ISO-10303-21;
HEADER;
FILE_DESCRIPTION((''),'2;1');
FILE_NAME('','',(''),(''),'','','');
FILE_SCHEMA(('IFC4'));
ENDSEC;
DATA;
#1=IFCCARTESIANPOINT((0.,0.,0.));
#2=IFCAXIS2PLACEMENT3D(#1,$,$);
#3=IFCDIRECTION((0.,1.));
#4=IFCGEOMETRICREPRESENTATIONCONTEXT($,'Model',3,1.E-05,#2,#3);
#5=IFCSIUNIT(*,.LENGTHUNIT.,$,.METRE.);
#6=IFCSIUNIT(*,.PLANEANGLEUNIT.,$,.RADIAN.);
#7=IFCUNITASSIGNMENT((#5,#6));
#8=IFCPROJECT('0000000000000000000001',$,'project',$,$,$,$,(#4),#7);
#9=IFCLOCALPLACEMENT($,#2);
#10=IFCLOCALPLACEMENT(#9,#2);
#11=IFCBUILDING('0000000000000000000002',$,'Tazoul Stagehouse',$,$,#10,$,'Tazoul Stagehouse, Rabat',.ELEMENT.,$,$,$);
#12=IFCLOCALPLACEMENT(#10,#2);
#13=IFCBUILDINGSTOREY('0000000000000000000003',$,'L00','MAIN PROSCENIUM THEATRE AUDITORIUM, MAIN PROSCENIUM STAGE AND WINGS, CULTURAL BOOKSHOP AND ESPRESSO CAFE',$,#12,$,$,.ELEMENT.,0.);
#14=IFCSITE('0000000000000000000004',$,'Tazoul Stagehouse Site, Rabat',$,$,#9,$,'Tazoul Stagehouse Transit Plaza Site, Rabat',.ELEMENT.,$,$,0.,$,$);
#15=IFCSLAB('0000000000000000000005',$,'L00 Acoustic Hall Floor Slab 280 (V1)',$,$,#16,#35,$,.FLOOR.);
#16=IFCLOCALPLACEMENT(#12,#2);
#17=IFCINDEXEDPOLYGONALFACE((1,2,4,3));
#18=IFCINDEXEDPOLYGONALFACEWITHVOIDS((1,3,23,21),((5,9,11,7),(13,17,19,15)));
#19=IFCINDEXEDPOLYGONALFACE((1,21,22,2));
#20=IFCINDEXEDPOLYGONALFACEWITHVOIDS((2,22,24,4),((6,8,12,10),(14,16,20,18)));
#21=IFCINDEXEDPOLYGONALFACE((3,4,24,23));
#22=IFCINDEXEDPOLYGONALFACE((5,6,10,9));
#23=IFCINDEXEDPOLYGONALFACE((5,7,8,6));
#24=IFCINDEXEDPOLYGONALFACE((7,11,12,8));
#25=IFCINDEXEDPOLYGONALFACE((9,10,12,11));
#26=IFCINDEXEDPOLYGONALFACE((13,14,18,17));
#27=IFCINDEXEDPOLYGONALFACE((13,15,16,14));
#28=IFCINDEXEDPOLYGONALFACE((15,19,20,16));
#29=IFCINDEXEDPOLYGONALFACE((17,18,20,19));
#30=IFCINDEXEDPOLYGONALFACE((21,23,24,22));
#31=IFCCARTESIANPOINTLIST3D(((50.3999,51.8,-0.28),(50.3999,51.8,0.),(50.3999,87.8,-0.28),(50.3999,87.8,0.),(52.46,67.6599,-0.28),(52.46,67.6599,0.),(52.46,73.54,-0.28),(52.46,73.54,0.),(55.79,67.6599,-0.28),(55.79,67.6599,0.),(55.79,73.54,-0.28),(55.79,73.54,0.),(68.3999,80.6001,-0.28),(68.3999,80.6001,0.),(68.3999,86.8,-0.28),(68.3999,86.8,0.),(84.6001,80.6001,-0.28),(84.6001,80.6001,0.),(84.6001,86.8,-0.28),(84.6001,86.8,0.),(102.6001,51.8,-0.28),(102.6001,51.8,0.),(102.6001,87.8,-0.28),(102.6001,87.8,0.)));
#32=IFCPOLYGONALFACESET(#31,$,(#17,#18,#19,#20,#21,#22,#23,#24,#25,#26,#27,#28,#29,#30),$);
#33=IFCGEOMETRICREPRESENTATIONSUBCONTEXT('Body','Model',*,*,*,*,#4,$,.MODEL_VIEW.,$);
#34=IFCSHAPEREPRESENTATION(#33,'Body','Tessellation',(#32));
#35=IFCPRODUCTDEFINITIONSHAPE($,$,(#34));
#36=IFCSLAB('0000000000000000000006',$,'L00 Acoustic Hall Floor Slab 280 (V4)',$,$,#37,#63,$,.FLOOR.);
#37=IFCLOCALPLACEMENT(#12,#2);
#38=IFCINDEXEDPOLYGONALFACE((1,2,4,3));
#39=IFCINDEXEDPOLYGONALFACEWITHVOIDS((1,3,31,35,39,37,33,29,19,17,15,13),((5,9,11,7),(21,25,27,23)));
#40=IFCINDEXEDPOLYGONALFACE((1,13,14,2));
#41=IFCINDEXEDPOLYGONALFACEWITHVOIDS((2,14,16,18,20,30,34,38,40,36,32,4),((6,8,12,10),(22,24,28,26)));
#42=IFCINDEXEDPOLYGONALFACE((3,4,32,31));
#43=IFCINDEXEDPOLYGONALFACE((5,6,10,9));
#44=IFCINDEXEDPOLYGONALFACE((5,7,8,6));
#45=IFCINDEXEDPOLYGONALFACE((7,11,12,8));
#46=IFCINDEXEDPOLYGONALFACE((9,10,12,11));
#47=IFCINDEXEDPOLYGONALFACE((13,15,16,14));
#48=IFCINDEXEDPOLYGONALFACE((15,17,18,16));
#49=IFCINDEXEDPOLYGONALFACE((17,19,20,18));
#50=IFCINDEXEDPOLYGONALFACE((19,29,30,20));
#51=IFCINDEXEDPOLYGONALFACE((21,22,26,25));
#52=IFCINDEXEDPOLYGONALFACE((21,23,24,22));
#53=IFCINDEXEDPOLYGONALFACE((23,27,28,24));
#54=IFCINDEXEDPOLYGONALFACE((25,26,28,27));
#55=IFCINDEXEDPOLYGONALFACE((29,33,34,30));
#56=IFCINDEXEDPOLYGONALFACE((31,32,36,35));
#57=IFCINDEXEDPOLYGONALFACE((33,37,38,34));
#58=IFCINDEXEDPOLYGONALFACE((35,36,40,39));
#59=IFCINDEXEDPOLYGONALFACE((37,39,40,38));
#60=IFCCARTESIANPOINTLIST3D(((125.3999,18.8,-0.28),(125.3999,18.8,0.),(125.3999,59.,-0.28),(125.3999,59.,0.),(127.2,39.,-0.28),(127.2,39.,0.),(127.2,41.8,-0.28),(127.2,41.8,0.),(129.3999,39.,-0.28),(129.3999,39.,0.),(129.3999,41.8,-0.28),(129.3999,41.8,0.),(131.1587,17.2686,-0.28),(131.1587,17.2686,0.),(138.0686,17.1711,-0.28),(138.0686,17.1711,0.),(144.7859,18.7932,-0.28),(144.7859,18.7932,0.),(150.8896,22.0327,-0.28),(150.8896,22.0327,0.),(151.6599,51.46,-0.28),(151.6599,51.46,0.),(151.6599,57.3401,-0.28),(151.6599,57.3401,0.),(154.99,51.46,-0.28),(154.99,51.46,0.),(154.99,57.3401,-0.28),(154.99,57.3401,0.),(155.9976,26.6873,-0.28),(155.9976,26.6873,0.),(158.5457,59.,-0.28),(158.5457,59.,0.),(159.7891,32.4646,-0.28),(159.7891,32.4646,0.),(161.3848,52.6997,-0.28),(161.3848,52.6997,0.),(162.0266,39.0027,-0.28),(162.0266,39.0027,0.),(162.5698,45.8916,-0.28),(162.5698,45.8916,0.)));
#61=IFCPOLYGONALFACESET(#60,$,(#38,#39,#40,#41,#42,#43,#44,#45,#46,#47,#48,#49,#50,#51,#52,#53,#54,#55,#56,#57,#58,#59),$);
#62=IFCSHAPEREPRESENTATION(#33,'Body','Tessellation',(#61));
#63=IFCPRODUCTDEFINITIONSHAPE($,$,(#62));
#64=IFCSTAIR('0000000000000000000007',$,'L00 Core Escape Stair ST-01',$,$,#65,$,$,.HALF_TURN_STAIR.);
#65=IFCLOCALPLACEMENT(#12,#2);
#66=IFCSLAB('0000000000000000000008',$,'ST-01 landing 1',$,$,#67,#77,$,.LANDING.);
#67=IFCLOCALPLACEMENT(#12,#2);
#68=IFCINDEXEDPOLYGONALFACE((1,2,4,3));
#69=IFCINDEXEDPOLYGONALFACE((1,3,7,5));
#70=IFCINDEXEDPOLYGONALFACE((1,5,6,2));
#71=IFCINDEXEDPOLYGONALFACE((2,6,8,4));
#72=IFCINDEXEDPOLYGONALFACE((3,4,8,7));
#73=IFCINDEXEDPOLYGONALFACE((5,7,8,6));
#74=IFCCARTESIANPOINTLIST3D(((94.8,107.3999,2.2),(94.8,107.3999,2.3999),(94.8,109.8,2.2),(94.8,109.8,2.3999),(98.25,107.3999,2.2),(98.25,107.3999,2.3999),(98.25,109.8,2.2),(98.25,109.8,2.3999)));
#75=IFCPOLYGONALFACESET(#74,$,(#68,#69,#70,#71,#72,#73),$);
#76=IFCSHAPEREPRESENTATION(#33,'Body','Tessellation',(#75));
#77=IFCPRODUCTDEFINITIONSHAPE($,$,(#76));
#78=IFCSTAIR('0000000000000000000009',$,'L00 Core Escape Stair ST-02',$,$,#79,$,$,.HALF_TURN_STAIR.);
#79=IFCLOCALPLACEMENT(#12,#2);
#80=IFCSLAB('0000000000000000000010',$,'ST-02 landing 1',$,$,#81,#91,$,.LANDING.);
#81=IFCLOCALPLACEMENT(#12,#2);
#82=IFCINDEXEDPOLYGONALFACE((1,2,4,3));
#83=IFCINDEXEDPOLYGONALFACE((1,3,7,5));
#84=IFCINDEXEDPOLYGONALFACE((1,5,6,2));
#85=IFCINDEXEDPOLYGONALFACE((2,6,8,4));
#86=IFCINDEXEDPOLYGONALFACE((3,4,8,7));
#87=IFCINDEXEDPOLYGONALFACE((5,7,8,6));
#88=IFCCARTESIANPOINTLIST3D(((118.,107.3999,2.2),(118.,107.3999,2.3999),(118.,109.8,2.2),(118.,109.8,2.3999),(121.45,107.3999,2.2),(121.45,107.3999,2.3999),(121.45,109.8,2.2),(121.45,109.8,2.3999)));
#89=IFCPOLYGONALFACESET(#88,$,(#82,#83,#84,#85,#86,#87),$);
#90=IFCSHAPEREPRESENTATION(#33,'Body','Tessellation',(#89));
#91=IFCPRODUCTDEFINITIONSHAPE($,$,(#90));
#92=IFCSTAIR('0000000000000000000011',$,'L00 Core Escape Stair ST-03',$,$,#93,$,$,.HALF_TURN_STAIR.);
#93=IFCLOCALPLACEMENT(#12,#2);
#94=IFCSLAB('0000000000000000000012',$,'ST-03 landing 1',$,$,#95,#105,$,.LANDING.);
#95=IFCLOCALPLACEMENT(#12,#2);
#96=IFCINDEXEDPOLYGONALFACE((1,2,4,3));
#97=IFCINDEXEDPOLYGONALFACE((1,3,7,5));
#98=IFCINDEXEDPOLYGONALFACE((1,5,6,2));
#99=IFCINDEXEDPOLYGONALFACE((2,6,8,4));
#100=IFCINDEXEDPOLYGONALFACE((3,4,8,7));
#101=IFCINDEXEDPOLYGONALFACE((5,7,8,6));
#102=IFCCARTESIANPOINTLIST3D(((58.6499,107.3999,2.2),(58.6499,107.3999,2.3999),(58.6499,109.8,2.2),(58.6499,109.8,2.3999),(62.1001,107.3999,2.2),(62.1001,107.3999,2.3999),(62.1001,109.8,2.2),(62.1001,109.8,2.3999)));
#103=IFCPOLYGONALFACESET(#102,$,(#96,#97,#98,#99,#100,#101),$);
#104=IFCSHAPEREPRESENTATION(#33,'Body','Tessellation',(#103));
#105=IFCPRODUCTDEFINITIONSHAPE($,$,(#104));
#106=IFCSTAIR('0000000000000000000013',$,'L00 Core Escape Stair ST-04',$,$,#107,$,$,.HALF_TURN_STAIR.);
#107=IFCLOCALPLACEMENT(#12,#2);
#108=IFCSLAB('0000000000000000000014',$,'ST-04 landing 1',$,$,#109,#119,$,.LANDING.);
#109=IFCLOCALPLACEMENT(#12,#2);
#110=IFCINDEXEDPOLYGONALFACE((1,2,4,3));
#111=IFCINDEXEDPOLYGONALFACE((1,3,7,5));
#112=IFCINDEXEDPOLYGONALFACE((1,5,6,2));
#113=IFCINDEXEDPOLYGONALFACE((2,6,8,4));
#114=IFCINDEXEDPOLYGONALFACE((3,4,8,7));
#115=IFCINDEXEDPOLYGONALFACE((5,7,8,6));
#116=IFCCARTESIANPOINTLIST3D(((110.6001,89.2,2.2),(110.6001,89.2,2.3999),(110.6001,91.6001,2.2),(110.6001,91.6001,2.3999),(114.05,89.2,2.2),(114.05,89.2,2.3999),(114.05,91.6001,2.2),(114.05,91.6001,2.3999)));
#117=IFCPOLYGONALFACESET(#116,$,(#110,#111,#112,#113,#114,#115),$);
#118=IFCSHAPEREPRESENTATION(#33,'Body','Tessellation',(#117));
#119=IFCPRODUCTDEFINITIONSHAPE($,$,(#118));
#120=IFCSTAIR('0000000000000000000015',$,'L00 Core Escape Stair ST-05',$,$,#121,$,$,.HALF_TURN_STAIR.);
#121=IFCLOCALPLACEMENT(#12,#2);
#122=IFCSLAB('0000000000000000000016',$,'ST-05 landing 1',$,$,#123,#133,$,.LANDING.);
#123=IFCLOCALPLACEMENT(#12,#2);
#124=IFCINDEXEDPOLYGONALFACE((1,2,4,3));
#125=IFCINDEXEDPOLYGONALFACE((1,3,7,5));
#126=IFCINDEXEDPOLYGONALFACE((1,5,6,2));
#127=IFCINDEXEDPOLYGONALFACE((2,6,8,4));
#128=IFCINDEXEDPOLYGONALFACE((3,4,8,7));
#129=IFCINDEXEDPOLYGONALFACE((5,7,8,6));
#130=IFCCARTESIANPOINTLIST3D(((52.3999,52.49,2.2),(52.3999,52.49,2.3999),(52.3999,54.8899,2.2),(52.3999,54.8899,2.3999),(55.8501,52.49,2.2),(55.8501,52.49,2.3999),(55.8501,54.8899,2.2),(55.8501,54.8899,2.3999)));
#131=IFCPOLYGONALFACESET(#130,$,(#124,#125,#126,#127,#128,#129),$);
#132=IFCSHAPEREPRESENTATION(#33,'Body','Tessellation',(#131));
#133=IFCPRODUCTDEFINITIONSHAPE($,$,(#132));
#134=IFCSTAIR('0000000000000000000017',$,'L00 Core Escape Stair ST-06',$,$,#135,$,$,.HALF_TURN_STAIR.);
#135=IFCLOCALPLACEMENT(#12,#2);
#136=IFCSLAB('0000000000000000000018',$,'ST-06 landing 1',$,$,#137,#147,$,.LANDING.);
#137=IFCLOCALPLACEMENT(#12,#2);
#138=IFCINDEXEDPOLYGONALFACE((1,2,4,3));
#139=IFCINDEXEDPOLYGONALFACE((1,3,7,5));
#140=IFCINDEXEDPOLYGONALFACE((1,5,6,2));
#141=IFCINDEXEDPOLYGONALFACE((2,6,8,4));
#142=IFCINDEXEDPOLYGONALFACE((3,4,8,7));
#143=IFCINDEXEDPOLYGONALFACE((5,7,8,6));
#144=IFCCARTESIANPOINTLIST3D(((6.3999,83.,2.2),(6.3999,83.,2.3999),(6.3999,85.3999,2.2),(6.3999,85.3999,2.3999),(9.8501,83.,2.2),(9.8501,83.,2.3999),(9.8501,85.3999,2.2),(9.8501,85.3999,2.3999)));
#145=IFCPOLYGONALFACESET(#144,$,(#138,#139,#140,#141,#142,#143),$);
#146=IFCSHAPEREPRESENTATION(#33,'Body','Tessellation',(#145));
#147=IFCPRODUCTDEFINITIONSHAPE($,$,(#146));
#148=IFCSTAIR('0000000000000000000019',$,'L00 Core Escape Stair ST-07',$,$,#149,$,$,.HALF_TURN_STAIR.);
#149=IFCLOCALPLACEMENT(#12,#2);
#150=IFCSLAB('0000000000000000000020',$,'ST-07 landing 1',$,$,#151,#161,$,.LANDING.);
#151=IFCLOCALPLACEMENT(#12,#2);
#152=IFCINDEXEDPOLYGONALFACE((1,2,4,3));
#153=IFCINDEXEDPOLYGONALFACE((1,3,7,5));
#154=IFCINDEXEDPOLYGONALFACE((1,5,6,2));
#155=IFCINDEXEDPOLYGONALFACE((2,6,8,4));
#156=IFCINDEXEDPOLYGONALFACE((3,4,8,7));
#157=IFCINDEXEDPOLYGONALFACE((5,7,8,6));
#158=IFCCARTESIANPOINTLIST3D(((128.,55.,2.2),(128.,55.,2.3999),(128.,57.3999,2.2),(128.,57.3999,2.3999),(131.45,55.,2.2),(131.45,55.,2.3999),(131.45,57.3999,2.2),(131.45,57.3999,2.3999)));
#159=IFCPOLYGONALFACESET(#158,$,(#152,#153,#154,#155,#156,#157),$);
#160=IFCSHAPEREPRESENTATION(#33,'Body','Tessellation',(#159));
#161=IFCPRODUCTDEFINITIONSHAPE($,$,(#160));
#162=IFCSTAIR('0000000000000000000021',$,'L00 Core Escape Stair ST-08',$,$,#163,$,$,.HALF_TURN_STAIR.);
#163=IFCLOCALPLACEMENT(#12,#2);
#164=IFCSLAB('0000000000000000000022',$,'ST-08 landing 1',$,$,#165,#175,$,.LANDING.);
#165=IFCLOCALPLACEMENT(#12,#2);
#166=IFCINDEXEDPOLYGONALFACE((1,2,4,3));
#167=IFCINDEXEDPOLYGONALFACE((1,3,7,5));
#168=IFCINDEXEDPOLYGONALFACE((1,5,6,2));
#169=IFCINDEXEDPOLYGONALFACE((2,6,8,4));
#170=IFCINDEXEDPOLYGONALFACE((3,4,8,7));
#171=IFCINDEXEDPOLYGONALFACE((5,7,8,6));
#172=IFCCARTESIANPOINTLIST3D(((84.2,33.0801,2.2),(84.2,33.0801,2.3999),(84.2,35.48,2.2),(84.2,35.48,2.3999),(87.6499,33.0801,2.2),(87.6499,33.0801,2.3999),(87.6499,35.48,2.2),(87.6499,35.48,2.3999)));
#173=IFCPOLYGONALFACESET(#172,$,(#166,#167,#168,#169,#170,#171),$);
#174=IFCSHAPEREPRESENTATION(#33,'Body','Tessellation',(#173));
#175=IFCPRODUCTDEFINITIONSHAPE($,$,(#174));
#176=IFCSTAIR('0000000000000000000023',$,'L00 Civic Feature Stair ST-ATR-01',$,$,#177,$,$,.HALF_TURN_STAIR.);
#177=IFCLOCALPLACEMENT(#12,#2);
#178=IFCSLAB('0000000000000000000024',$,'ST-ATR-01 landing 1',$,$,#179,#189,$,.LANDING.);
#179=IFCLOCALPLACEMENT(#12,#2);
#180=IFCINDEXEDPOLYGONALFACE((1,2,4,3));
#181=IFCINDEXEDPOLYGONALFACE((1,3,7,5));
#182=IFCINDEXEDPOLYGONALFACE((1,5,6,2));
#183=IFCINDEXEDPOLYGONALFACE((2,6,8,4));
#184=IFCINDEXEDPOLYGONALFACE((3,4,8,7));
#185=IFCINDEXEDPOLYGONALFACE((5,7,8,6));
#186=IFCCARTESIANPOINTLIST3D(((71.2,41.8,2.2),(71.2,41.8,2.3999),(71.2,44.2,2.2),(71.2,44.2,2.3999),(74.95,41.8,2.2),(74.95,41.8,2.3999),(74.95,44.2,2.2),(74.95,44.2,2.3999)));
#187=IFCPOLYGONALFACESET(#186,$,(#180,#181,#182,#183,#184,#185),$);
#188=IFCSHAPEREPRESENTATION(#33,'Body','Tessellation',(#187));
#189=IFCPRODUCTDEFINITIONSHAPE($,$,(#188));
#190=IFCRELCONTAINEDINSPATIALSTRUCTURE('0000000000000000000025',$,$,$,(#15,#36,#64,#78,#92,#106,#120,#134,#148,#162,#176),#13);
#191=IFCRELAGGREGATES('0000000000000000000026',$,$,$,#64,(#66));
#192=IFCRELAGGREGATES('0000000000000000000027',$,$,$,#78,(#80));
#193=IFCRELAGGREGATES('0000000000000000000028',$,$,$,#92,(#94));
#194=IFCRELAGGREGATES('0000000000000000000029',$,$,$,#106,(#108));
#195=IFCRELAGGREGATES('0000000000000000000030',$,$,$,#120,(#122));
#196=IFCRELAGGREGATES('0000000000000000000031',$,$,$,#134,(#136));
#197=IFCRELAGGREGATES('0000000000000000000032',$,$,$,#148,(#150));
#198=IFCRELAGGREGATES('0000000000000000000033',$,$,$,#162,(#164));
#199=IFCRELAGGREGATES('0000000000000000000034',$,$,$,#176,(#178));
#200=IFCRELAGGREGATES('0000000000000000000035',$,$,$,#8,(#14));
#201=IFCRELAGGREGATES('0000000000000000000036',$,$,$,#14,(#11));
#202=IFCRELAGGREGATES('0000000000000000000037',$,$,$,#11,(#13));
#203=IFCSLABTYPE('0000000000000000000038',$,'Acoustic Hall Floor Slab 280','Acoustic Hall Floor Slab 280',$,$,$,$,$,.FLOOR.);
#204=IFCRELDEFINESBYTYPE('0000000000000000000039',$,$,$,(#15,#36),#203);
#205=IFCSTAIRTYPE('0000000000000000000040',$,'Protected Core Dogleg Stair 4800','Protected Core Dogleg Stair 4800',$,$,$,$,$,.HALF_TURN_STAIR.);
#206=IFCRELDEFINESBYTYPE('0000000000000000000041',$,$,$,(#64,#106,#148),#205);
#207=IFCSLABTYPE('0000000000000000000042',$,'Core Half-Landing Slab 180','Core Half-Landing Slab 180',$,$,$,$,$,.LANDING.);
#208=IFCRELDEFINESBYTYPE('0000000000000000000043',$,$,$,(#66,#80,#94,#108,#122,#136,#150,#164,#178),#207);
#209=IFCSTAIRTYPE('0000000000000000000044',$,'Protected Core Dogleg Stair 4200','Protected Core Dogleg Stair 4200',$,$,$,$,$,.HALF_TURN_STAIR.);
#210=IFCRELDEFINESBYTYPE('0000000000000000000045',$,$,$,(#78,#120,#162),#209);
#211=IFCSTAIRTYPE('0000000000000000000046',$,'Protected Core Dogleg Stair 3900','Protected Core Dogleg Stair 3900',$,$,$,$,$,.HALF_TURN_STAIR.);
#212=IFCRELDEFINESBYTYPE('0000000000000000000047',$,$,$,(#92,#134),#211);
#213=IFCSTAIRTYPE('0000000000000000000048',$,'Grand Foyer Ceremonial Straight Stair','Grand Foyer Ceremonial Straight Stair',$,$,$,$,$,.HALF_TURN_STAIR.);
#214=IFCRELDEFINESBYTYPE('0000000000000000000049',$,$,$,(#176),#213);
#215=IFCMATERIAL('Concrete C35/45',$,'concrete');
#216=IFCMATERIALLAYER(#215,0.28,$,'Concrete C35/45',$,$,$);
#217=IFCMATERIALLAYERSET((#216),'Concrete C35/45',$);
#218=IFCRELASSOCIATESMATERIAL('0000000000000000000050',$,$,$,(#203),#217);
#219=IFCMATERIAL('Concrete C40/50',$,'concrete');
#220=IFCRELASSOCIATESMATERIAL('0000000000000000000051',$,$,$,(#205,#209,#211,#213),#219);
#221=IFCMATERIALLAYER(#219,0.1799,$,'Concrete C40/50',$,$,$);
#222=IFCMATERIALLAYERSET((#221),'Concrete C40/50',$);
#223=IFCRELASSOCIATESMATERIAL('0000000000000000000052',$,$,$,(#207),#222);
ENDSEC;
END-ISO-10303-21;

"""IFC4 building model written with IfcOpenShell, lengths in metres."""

from ifc_helpers import new_model, si_unit, direction, frame, origin, place, context, subcontext, project, spatial, polyline, outline, extrude, material, layer, layer_set, type_object, element, aggregate, save


model = new_model("IFC4")

# Units and contexts
model_context = context("Model", 3, precision=1e-05, world=origin(), true_north=direction((0.0, 1.0)))
body_context = subcontext(model_context, "Body", "Model", "MODEL_VIEW")
ifc_project = project(units=[si_unit("LENGTHUNIT", "METRE"), si_unit("PLANEANGLEUNIT", "RADIAN")], contexts=[model_context])

# Site, building, storey
site_placement = place(None, origin())
site = spatial("IfcSite", under=ifc_project, at=site_placement, Name="Tazoul Stagehouse Site, Rabat", LongName="Tazoul Stagehouse Transit Plaza Site, Rabat", CompositionType="ELEMENT", RefElevation=0.0)
building_placement = place(site_placement, origin())
building = spatial("IfcBuilding", under=site, at=building_placement, Name="Tazoul Stagehouse", LongName="Tazoul Stagehouse, Rabat", CompositionType="ELEMENT")
storey_placement = place(building_placement, origin())
storey = spatial("IfcBuildingStorey", under=building, at=storey_placement, Name="L00", Description="MAIN PROSCENIUM THEATRE AUDITORIUM, MAIN PROSCENIUM STAGE AND WINGS, CULTURAL BOOKSHOP AND ESPRESSO CAFE", CompositionType="ELEMENT", Elevation=0.0)

# Slabs
ifc_material_1 = material(Name="Concrete C35/45", Category="concrete")
ifc_layer_1 = layer(ifc_material_1, 0.28, Name="Concrete C35/45")
ifc_layer_set_1 = layer_set([ifc_layer_1], Name="Concrete C35/45")
slab_type_1 = type_object("IfcSlabType", Name="Acoustic Hall Floor Slab 280", Description="Acoustic Hall Floor Slab 280", PredefinedType="FLOOR", material=ifc_layer_set_1)
slab_1_placement = place(storey_placement, frame((0.0, 0.0, -0.28)))
element("IfcSlab", 1, at=slab_1_placement, inside=storey, type_object=slab_type_1, Name="L00 Acoustic Hall Floor Slab 280 (V1)", PredefinedType="FLOOR", context=body_context, shape_type="SweptSolid", body=[
    extrude(outline(polyline([(50.3999, 51.8), (50.3999, 87.8), (102.6001, 87.8), (102.6001, 51.8), (50.3999, 51.8)]), holes=[polyline([(55.79, 73.54), (55.79, 67.6599), (52.46, 67.6599), (52.46, 73.54), (55.79, 73.54)]), polyline([(68.3999, 86.8), (84.6001, 86.8), (84.6001, 80.6001), (68.3999, 80.6001), (68.3999, 86.8)])]), origin(), (0.0, 0.0, 1.0), 0.28),
])
slab_2_placement = place(storey_placement, frame((0.0, 0.0, -0.28)))
element("IfcSlab", 2, at=slab_2_placement, inside=storey, type_object=slab_type_1, Name="L00 Acoustic Hall Floor Slab 280 (V4)", PredefinedType="FLOOR", context=body_context, shape_type="SweptSolid", body=[
    extrude(outline(polyline([(125.3999, 18.8), (125.3999, 59.0), (158.5457, 59.0), (161.3848, 52.6997), (162.5698, 45.8916), (162.0266, 39.0027), (159.7891, 32.4646), (155.9976, 26.6873), (150.8896, 22.0327), (144.7859, 18.7932), (138.0686, 17.1711), (131.1587, 17.2686), (125.3999, 18.8)]), holes=[polyline([(127.2, 39.0), (127.2, 41.8), (129.3999, 41.8), (129.3999, 39.0), (127.2, 39.0)]), polyline([(151.6599, 51.46), (151.6599, 57.3401), (154.99, 57.3401), (154.99, 51.46), (151.6599, 51.46)])]), origin(), (0.0, 0.0, 1.0), 0.28),
])

# Stairs, slabs
ifc_material_2 = material(Name="Concrete C40/50", Category="concrete")
stair_type_1 = type_object("IfcStairType", Name="Protected Core Dogleg Stair 4800", Description="Protected Core Dogleg Stair 4800", PredefinedType="HALF_TURN_STAIR", material=ifc_material_2)
stair_1_placement = place(storey_placement, origin())
stair_1 = element("IfcStair", 3, at=stair_1_placement, inside=storey, type_object=stair_type_1, Name="L00 Core Escape Stair ST-01", PredefinedType="HALF_TURN_STAIR")
ifc_layer_2 = layer(ifc_material_2, 0.1799, Name="Concrete C40/50")
ifc_layer_set_2 = layer_set([ifc_layer_2], Name="Concrete C40/50")
slab_type_2 = type_object("IfcSlabType", Name="Core Half-Landing Slab 180", Description="Core Half-Landing Slab 180", PredefinedType="LANDING", material=ifc_layer_set_2)
slab_3_placement = place(storey_placement, frame((0.0, 0.0, 2.2)))
slab_3 = element("IfcSlab", 4, at=slab_3_placement, type_object=slab_type_2, Name="ST-01 landing 1", PredefinedType="LANDING", context=body_context, shape_type="SweptSolid", body=[
    extrude(outline(polyline([(98.25, 107.3999), (98.25, 109.8), (94.8, 109.8), (94.8, 107.3999), (98.25, 107.3999)])), origin(), (0.0, 0.0, 1.0), 0.2),
])
aggregate(stair_1, [slab_3])
stair_type_2 = type_object("IfcStairType", Name="Protected Core Dogleg Stair 4200", Description="Protected Core Dogleg Stair 4200", PredefinedType="HALF_TURN_STAIR", material=ifc_material_2)
stair_2_placement = place(storey_placement, origin())
stair_2 = element("IfcStair", 5, at=stair_2_placement, inside=storey, type_object=stair_type_2, Name="L00 Core Escape Stair ST-02", PredefinedType="HALF_TURN_STAIR")
slab_4_placement = place(storey_placement, frame((0.0, 0.0, 2.2)))
slab_4 = element("IfcSlab", 6, at=slab_4_placement, type_object=slab_type_2, Name="ST-02 landing 1", PredefinedType="LANDING", context=body_context, shape_type="SweptSolid", body=[
    extrude(outline(polyline([(121.45, 107.3999), (121.45, 109.8), (118.0, 109.8), (118.0, 107.3999), (121.45, 107.3999)])), origin(), (0.0, 0.0, 1.0), 0.2),
])
aggregate(stair_2, [slab_4])
stair_type_3 = type_object("IfcStairType", Name="Protected Core Dogleg Stair 3900", Description="Protected Core Dogleg Stair 3900", PredefinedType="HALF_TURN_STAIR", material=ifc_material_2)
stair_3_placement = place(storey_placement, origin())
stair_3 = element("IfcStair", 7, at=stair_3_placement, inside=storey, type_object=stair_type_3, Name="L00 Core Escape Stair ST-03", PredefinedType="HALF_TURN_STAIR")
slab_5_placement = place(storey_placement, frame((0.0, 0.0, 2.2)))
slab_5 = element("IfcSlab", 8, at=slab_5_placement, type_object=slab_type_2, Name="ST-03 landing 1", PredefinedType="LANDING", context=body_context, shape_type="SweptSolid", body=[
    extrude(outline(polyline([(62.1001, 107.3999), (62.1001, 109.8), (58.6499, 109.8), (58.6499, 107.3999), (62.1001, 107.3999)])), origin(), (0.0, 0.0, 1.0), 0.2),
])
aggregate(stair_3, [slab_5])
stair_4_placement = place(storey_placement, origin())
stair_4 = element("IfcStair", 9, at=stair_4_placement, inside=storey, type_object=stair_type_1, Name="L00 Core Escape Stair ST-04", PredefinedType="HALF_TURN_STAIR")
slab_6_placement = place(storey_placement, frame((0.0, 0.0, 2.2)))
slab_6 = element("IfcSlab", 10, at=slab_6_placement, type_object=slab_type_2, Name="ST-04 landing 1", PredefinedType="LANDING", context=body_context, shape_type="SweptSolid", body=[
    extrude(outline(polyline([(110.6001, 91.6001), (110.6001, 89.2), (114.05, 89.2), (114.05, 91.6001), (110.6001, 91.6001)])), origin(), (0.0, 0.0, 1.0), 0.2),
])
aggregate(stair_4, [slab_6])
stair_5_placement = place(storey_placement, origin())
stair_5 = element("IfcStair", 11, at=stair_5_placement, inside=storey, type_object=stair_type_2, Name="L00 Core Escape Stair ST-05", PredefinedType="HALF_TURN_STAIR")
slab_7_placement = place(storey_placement, frame((0.0, 0.0, 2.2)))
slab_7 = element("IfcSlab", 12, at=slab_7_placement, type_object=slab_type_2, Name="ST-05 landing 1", PredefinedType="LANDING", context=body_context, shape_type="SweptSolid", body=[
    extrude(outline(polyline([(52.3999, 54.8899), (52.3999, 52.49), (55.8501, 52.49), (55.8501, 54.8899), (52.3999, 54.8899)])), origin(), (0.0, 0.0, 1.0), 0.2),
])
aggregate(stair_5, [slab_7])
stair_6_placement = place(storey_placement, origin())
stair_6 = element("IfcStair", 13, at=stair_6_placement, inside=storey, type_object=stair_type_3, Name="L00 Core Escape Stair ST-06", PredefinedType="HALF_TURN_STAIR")
slab_8_placement = place(storey_placement, frame((0.0, 0.0, 2.2)))
slab_8 = element("IfcSlab", 14, at=slab_8_placement, type_object=slab_type_2, Name="ST-06 landing 1", PredefinedType="LANDING", context=body_context, shape_type="SweptSolid", body=[
    extrude(outline(polyline([(9.8501, 83.0), (9.8501, 85.3999), (6.3999, 85.3999), (6.3999, 83.0), (9.8501, 83.0)])), origin(), (0.0, 0.0, 1.0), 0.2),
])
aggregate(stair_6, [slab_8])
stair_7_placement = place(storey_placement, origin())
stair_7 = element("IfcStair", 15, at=stair_7_placement, inside=storey, type_object=stair_type_1, Name="L00 Core Escape Stair ST-07", PredefinedType="HALF_TURN_STAIR")
slab_9_placement = place(storey_placement, frame((0.0, 0.0, 2.2)))
slab_9 = element("IfcSlab", 16, at=slab_9_placement, type_object=slab_type_2, Name="ST-07 landing 1", PredefinedType="LANDING", context=body_context, shape_type="SweptSolid", body=[
    extrude(outline(polyline([(131.45, 55.0), (131.45, 57.3999), (128.0, 57.3999), (128.0, 55.0), (131.45, 55.0)])), origin(), (0.0, 0.0, 1.0), 0.2),
])
aggregate(stair_7, [slab_9])
stair_8_placement = place(storey_placement, origin())
stair_8 = element("IfcStair", 17, at=stair_8_placement, inside=storey, type_object=stair_type_2, Name="L00 Core Escape Stair ST-08", PredefinedType="HALF_TURN_STAIR")
slab_10_placement = place(storey_placement, frame((0.0, 0.0, 2.2)))
slab_10 = element("IfcSlab", 18, at=slab_10_placement, type_object=slab_type_2, Name="ST-08 landing 1", PredefinedType="LANDING", context=body_context, shape_type="SweptSolid", body=[
    extrude(outline(polyline([(87.6499, 33.0801), (87.6499, 35.48), (84.2, 35.48), (84.2, 33.0801), (87.6499, 33.0801)])), origin(), (0.0, 0.0, 1.0), 0.2),
])
aggregate(stair_8, [slab_10])
stair_type_4 = type_object("IfcStairType", Name="Grand Foyer Ceremonial Straight Stair", Description="Grand Foyer Ceremonial Straight Stair", PredefinedType="HALF_TURN_STAIR", material=ifc_material_2)
stair_9_placement = place(storey_placement, origin())
stair_9 = element("IfcStair", 19, at=stair_9_placement, inside=storey, type_object=stair_type_4, Name="L00 Civic Feature Stair ST-ATR-01", PredefinedType="HALF_TURN_STAIR")
slab_11_placement = place(storey_placement, frame((0.0, 0.0, 2.2)))
slab_11 = element("IfcSlab", 20, at=slab_11_placement, type_object=slab_type_2, Name="ST-ATR-01 landing 1", PredefinedType="LANDING", context=body_context, shape_type="SweptSolid", body=[
    extrude(outline(polyline([(74.95, 41.8), (74.95, 44.2), (71.2, 44.2), (71.2, 41.8), (74.95, 41.8)])), origin(), (0.0, 0.0, 1.0), 0.2),
])
aggregate(stair_9, [slab_11])

save(model, "model.ifc")
